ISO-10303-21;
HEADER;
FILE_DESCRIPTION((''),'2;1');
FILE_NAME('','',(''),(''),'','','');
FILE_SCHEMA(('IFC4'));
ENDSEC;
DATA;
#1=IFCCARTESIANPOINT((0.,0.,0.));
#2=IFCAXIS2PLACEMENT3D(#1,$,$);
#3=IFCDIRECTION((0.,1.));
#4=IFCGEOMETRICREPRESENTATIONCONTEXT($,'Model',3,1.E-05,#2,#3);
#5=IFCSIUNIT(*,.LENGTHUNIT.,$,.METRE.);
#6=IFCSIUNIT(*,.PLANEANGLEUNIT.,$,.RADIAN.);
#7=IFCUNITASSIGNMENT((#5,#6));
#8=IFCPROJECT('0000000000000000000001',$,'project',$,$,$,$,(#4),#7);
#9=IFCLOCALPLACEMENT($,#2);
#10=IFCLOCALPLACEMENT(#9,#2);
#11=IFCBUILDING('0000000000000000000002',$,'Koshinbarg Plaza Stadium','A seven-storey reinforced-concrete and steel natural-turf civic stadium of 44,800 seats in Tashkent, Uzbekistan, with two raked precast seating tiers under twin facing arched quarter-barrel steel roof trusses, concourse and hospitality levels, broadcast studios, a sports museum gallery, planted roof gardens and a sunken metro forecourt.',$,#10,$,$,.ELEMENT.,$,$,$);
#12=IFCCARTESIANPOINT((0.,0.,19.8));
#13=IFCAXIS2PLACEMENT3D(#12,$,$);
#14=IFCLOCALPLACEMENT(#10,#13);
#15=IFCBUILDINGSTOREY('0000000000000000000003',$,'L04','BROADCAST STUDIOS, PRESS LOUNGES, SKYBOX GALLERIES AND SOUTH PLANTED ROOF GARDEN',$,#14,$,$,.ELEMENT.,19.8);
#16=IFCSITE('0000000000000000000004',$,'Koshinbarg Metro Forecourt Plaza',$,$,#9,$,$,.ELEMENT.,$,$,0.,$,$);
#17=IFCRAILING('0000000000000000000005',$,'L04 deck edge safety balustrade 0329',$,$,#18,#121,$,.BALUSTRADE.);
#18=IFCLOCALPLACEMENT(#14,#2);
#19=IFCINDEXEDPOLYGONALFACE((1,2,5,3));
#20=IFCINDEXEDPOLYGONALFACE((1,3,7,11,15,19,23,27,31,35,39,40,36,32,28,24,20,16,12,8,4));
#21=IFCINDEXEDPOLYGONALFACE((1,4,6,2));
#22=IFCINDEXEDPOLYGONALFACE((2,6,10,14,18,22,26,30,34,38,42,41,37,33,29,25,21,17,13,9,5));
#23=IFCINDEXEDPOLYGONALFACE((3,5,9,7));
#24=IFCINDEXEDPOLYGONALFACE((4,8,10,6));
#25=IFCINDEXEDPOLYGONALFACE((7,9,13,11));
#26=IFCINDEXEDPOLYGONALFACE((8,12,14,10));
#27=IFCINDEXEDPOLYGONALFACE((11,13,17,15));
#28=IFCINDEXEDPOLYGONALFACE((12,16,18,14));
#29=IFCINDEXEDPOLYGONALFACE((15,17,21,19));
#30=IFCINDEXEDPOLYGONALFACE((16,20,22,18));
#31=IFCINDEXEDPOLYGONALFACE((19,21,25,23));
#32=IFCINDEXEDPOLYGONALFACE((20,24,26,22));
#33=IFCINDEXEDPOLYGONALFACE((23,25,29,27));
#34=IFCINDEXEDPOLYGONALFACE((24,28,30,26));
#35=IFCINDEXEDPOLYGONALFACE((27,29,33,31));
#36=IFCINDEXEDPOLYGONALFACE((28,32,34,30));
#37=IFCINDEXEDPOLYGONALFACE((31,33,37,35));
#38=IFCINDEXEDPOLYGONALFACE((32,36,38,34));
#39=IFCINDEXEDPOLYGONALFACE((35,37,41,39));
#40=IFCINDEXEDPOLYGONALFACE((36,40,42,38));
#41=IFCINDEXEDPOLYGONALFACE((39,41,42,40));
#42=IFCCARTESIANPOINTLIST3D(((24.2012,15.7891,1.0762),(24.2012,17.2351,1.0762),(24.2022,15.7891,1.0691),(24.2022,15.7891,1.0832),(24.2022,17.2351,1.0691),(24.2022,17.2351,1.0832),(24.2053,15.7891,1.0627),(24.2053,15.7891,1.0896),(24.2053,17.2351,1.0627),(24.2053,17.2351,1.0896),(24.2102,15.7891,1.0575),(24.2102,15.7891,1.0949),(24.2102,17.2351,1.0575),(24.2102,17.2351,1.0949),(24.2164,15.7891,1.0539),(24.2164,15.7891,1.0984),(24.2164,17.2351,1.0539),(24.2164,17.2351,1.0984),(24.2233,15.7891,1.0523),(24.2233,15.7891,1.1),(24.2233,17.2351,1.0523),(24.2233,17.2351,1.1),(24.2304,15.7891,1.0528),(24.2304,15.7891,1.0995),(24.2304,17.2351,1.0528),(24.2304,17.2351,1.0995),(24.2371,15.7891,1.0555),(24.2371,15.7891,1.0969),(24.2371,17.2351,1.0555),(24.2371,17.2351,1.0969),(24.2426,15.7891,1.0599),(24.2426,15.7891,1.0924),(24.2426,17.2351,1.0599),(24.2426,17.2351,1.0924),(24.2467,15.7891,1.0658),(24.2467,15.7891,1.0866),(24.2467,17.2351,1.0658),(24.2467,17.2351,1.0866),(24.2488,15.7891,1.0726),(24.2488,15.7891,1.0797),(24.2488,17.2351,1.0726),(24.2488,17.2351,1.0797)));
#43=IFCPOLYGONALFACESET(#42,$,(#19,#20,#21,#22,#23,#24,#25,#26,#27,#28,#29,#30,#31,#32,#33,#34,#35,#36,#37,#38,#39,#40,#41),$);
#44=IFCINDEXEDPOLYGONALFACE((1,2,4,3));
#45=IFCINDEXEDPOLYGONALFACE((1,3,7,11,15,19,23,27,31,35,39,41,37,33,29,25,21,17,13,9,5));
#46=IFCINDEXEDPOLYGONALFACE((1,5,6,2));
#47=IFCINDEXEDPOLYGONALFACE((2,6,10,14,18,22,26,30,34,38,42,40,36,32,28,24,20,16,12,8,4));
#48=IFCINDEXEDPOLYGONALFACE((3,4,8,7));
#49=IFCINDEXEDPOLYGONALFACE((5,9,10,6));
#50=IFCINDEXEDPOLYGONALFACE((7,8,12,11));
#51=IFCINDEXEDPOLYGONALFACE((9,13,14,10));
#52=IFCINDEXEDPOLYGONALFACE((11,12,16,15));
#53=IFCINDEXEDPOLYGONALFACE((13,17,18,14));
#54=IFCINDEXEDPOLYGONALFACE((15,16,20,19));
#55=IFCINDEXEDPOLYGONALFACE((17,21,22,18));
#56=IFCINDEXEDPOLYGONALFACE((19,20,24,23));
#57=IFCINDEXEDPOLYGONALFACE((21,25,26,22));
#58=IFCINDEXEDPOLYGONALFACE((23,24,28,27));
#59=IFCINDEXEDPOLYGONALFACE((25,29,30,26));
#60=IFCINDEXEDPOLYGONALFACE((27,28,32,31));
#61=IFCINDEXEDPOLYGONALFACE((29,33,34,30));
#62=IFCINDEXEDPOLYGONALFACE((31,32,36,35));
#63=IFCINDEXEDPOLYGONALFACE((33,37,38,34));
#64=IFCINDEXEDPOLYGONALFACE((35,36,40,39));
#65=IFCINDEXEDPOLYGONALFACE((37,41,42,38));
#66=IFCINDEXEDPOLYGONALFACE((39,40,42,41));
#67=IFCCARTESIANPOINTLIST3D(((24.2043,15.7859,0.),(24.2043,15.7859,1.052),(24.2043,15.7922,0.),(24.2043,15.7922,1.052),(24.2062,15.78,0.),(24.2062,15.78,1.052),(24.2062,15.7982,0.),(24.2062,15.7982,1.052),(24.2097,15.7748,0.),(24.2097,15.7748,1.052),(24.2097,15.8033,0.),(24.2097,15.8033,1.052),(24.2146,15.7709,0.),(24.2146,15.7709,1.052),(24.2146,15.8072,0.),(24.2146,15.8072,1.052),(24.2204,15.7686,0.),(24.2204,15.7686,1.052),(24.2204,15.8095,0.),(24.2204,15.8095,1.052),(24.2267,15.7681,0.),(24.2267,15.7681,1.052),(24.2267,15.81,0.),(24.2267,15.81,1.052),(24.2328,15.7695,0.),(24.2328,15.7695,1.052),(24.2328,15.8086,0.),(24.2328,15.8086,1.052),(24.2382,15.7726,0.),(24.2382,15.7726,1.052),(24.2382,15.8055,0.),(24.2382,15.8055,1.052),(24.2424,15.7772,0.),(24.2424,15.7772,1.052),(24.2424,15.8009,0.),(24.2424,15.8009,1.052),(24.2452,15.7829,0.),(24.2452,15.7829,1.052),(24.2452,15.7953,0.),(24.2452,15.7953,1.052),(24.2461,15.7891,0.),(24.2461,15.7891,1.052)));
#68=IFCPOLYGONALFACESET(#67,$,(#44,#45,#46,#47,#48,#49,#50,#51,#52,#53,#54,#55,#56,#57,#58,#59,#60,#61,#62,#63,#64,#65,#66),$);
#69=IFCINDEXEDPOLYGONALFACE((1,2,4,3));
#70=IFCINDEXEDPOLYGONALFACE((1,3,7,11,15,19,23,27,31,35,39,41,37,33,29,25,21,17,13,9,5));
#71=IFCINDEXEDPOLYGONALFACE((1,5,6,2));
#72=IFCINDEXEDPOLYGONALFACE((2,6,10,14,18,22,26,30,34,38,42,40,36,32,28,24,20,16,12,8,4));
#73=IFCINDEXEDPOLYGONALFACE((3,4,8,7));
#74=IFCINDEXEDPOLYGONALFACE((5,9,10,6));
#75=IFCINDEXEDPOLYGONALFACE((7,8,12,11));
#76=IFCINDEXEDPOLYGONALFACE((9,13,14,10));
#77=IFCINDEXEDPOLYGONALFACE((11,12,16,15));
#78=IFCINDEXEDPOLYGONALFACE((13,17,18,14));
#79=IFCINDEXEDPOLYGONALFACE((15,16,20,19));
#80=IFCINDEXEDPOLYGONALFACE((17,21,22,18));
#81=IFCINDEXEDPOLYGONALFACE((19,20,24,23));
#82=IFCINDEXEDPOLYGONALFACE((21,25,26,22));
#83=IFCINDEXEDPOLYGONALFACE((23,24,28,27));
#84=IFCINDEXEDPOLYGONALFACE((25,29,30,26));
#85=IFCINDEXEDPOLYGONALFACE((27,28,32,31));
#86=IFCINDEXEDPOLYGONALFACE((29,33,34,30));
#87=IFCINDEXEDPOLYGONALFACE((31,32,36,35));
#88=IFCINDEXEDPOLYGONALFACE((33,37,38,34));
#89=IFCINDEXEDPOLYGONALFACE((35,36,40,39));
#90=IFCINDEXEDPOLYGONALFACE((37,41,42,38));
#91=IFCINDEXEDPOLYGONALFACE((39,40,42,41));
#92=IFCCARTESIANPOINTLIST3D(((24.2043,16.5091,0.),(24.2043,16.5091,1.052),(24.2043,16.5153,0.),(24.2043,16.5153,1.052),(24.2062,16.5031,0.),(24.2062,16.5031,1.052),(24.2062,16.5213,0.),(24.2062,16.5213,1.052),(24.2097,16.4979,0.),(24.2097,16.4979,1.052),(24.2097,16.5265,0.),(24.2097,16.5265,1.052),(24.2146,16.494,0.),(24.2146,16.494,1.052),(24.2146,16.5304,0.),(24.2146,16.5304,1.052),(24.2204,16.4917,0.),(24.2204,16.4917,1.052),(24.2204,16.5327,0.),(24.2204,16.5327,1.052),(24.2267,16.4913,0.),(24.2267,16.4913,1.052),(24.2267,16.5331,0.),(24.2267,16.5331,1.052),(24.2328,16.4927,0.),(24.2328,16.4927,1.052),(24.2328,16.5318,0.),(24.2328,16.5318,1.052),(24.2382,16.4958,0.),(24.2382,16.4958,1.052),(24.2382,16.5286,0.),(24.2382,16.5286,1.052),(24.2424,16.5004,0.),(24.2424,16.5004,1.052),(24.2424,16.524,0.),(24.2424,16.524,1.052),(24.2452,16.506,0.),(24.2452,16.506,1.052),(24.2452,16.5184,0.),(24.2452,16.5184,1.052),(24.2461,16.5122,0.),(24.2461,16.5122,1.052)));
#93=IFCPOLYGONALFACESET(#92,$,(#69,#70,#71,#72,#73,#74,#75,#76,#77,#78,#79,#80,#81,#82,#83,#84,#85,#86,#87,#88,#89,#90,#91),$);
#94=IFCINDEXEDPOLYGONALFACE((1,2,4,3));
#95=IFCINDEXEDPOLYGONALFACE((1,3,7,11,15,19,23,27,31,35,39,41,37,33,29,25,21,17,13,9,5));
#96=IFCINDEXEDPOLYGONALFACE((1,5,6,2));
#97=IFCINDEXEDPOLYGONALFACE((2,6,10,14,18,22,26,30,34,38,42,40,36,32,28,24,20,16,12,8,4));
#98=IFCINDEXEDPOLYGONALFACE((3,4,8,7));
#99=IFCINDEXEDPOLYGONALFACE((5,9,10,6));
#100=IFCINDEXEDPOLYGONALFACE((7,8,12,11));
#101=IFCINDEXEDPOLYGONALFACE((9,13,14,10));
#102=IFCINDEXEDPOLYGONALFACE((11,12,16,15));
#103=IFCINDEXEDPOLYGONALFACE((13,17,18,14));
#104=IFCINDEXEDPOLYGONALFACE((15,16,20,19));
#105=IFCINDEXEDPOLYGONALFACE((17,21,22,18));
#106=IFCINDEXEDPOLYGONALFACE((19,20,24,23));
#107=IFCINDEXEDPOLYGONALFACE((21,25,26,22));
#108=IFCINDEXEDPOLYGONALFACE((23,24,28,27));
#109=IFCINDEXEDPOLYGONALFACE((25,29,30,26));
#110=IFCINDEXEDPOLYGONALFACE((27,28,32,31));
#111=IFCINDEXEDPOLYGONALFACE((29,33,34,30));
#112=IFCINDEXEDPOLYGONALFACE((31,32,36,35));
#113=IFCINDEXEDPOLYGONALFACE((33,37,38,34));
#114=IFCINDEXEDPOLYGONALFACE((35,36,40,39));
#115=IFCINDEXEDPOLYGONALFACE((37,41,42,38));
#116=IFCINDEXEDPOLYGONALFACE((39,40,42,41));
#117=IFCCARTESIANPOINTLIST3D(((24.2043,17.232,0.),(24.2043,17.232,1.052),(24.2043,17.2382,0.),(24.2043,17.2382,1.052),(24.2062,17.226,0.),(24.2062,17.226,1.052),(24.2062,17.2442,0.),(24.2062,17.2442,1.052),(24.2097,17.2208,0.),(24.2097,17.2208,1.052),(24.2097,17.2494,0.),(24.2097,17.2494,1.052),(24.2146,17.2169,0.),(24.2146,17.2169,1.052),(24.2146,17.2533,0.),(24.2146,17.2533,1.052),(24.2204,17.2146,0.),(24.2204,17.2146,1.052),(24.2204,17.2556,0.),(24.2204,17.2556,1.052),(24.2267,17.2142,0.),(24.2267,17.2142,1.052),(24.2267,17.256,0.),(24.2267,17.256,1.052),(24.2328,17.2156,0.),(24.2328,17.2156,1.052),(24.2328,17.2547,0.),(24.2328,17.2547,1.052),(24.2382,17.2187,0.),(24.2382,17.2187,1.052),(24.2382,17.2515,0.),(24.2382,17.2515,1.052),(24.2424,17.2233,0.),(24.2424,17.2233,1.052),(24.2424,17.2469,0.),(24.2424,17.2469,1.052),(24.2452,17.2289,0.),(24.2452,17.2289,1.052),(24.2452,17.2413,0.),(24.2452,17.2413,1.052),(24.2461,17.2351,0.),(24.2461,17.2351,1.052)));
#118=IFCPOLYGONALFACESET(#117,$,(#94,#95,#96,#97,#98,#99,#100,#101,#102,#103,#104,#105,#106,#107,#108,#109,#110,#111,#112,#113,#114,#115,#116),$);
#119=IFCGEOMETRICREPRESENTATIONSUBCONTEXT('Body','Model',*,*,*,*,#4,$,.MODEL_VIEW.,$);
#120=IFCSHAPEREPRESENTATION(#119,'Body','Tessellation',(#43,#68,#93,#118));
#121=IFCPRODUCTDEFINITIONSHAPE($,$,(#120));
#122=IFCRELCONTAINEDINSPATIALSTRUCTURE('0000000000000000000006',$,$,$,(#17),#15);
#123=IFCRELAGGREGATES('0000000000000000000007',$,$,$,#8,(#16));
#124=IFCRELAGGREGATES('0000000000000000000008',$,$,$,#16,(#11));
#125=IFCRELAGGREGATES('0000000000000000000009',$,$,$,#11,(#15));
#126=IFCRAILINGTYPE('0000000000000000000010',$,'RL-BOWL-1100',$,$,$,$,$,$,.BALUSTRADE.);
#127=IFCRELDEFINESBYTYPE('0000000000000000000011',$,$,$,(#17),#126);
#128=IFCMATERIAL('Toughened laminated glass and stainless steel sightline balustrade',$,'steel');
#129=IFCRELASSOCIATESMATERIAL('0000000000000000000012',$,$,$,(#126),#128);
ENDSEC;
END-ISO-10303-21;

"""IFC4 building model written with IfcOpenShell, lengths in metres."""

from ifc_helpers import new_model, si_unit, direction, frame, origin, origin_2d, place, context, subcontext, project, spatial, circle, extrude, material, type_object, element, save


model = new_model("IFC4")

# Units and contexts
model_context = context("Model", 3, precision=1e-05, world=origin(), true_north=direction((0.0, 1.0)))
body_context = subcontext(model_context, "Body", "Model", "MODEL_VIEW")
ifc_project = project(units=[si_unit("LENGTHUNIT", "METRE"), si_unit("PLANEANGLEUNIT", "RADIAN")], contexts=[model_context])

# Site, building, storey
site_placement = place(None, origin())
site = spatial("IfcSite", under=ifc_project, at=site_placement, Name="Koshinbarg Metro Forecourt Plaza", CompositionType="ELEMENT", RefElevation=0.0)
building_placement = place(site_placement, origin())
building = spatial("IfcBuilding", under=site, at=building_placement, Name="Koshinbarg Plaza Stadium", Description="A seven-storey reinforced-concrete and steel natural-turf civic stadium of 44,800 seats in Tashkent, Uzbekistan, with two raked precast seating tiers under twin facing arched quarter-barrel steel roof trusses, concourse and hospitality levels, broadcast studios, a sports museum gallery, planted roof gardens and a sunken metro forecourt.", CompositionType="ELEMENT")
storey_placement = place(building_placement, frame((0.0, 0.0, 19.8)))
storey = spatial("IfcBuildingStorey", under=building, at=storey_placement, Name="L04", Description="BROADCAST STUDIOS, PRESS LOUNGES, SKYBOX GALLERIES AND SOUTH PLANTED ROOF GARDEN", CompositionType="ELEMENT", Elevation=19.8)

# Railing
ifc_material_1 = material(Name="Toughened laminated glass and stainless steel sightline balustrade", Category="steel")
railing_type = type_object("IfcRailingType", Name="RL-BOWL-1100", PredefinedType="BALUSTRADE", material=ifc_material_1)
railing_1_placement = place(storey_placement, frame((24.2251, 15.7891, 0.0)))
element("IfcRailing", 1, at=railing_1_placement, inside=storey, type_object=railing_type, Name="L04 deck edge safety balustrade 0329", PredefinedType="BALUSTRADE", context=body_context, shape_type="SweptSolid", body=[
    extrude(circle(Radius=0.0239, at=origin_2d()), frame((0.0, 0.0, 1.0762), z_axis=(0.0, 1.0, 0.0), x_axis=(-1.0, 0.0, 0.0)), (0.0, 0.0, 1.0), 1.446),
    extrude(circle(Radius=0.021, at=origin_2d()), origin(), (0.0, 0.0, 1.0), 1.052),
    extrude(circle(Radius=0.021, at=origin_2d()), frame((0.0, 0.7231, 0.0)), (0.0, 0.0, 1.0), 1.052),
    extrude(circle(Radius=0.021, at=origin_2d()), frame((0.0, 1.446, 0.0)), (0.0, 0.0, 1.0), 1.052),
])

save(model, "model.ifc")
